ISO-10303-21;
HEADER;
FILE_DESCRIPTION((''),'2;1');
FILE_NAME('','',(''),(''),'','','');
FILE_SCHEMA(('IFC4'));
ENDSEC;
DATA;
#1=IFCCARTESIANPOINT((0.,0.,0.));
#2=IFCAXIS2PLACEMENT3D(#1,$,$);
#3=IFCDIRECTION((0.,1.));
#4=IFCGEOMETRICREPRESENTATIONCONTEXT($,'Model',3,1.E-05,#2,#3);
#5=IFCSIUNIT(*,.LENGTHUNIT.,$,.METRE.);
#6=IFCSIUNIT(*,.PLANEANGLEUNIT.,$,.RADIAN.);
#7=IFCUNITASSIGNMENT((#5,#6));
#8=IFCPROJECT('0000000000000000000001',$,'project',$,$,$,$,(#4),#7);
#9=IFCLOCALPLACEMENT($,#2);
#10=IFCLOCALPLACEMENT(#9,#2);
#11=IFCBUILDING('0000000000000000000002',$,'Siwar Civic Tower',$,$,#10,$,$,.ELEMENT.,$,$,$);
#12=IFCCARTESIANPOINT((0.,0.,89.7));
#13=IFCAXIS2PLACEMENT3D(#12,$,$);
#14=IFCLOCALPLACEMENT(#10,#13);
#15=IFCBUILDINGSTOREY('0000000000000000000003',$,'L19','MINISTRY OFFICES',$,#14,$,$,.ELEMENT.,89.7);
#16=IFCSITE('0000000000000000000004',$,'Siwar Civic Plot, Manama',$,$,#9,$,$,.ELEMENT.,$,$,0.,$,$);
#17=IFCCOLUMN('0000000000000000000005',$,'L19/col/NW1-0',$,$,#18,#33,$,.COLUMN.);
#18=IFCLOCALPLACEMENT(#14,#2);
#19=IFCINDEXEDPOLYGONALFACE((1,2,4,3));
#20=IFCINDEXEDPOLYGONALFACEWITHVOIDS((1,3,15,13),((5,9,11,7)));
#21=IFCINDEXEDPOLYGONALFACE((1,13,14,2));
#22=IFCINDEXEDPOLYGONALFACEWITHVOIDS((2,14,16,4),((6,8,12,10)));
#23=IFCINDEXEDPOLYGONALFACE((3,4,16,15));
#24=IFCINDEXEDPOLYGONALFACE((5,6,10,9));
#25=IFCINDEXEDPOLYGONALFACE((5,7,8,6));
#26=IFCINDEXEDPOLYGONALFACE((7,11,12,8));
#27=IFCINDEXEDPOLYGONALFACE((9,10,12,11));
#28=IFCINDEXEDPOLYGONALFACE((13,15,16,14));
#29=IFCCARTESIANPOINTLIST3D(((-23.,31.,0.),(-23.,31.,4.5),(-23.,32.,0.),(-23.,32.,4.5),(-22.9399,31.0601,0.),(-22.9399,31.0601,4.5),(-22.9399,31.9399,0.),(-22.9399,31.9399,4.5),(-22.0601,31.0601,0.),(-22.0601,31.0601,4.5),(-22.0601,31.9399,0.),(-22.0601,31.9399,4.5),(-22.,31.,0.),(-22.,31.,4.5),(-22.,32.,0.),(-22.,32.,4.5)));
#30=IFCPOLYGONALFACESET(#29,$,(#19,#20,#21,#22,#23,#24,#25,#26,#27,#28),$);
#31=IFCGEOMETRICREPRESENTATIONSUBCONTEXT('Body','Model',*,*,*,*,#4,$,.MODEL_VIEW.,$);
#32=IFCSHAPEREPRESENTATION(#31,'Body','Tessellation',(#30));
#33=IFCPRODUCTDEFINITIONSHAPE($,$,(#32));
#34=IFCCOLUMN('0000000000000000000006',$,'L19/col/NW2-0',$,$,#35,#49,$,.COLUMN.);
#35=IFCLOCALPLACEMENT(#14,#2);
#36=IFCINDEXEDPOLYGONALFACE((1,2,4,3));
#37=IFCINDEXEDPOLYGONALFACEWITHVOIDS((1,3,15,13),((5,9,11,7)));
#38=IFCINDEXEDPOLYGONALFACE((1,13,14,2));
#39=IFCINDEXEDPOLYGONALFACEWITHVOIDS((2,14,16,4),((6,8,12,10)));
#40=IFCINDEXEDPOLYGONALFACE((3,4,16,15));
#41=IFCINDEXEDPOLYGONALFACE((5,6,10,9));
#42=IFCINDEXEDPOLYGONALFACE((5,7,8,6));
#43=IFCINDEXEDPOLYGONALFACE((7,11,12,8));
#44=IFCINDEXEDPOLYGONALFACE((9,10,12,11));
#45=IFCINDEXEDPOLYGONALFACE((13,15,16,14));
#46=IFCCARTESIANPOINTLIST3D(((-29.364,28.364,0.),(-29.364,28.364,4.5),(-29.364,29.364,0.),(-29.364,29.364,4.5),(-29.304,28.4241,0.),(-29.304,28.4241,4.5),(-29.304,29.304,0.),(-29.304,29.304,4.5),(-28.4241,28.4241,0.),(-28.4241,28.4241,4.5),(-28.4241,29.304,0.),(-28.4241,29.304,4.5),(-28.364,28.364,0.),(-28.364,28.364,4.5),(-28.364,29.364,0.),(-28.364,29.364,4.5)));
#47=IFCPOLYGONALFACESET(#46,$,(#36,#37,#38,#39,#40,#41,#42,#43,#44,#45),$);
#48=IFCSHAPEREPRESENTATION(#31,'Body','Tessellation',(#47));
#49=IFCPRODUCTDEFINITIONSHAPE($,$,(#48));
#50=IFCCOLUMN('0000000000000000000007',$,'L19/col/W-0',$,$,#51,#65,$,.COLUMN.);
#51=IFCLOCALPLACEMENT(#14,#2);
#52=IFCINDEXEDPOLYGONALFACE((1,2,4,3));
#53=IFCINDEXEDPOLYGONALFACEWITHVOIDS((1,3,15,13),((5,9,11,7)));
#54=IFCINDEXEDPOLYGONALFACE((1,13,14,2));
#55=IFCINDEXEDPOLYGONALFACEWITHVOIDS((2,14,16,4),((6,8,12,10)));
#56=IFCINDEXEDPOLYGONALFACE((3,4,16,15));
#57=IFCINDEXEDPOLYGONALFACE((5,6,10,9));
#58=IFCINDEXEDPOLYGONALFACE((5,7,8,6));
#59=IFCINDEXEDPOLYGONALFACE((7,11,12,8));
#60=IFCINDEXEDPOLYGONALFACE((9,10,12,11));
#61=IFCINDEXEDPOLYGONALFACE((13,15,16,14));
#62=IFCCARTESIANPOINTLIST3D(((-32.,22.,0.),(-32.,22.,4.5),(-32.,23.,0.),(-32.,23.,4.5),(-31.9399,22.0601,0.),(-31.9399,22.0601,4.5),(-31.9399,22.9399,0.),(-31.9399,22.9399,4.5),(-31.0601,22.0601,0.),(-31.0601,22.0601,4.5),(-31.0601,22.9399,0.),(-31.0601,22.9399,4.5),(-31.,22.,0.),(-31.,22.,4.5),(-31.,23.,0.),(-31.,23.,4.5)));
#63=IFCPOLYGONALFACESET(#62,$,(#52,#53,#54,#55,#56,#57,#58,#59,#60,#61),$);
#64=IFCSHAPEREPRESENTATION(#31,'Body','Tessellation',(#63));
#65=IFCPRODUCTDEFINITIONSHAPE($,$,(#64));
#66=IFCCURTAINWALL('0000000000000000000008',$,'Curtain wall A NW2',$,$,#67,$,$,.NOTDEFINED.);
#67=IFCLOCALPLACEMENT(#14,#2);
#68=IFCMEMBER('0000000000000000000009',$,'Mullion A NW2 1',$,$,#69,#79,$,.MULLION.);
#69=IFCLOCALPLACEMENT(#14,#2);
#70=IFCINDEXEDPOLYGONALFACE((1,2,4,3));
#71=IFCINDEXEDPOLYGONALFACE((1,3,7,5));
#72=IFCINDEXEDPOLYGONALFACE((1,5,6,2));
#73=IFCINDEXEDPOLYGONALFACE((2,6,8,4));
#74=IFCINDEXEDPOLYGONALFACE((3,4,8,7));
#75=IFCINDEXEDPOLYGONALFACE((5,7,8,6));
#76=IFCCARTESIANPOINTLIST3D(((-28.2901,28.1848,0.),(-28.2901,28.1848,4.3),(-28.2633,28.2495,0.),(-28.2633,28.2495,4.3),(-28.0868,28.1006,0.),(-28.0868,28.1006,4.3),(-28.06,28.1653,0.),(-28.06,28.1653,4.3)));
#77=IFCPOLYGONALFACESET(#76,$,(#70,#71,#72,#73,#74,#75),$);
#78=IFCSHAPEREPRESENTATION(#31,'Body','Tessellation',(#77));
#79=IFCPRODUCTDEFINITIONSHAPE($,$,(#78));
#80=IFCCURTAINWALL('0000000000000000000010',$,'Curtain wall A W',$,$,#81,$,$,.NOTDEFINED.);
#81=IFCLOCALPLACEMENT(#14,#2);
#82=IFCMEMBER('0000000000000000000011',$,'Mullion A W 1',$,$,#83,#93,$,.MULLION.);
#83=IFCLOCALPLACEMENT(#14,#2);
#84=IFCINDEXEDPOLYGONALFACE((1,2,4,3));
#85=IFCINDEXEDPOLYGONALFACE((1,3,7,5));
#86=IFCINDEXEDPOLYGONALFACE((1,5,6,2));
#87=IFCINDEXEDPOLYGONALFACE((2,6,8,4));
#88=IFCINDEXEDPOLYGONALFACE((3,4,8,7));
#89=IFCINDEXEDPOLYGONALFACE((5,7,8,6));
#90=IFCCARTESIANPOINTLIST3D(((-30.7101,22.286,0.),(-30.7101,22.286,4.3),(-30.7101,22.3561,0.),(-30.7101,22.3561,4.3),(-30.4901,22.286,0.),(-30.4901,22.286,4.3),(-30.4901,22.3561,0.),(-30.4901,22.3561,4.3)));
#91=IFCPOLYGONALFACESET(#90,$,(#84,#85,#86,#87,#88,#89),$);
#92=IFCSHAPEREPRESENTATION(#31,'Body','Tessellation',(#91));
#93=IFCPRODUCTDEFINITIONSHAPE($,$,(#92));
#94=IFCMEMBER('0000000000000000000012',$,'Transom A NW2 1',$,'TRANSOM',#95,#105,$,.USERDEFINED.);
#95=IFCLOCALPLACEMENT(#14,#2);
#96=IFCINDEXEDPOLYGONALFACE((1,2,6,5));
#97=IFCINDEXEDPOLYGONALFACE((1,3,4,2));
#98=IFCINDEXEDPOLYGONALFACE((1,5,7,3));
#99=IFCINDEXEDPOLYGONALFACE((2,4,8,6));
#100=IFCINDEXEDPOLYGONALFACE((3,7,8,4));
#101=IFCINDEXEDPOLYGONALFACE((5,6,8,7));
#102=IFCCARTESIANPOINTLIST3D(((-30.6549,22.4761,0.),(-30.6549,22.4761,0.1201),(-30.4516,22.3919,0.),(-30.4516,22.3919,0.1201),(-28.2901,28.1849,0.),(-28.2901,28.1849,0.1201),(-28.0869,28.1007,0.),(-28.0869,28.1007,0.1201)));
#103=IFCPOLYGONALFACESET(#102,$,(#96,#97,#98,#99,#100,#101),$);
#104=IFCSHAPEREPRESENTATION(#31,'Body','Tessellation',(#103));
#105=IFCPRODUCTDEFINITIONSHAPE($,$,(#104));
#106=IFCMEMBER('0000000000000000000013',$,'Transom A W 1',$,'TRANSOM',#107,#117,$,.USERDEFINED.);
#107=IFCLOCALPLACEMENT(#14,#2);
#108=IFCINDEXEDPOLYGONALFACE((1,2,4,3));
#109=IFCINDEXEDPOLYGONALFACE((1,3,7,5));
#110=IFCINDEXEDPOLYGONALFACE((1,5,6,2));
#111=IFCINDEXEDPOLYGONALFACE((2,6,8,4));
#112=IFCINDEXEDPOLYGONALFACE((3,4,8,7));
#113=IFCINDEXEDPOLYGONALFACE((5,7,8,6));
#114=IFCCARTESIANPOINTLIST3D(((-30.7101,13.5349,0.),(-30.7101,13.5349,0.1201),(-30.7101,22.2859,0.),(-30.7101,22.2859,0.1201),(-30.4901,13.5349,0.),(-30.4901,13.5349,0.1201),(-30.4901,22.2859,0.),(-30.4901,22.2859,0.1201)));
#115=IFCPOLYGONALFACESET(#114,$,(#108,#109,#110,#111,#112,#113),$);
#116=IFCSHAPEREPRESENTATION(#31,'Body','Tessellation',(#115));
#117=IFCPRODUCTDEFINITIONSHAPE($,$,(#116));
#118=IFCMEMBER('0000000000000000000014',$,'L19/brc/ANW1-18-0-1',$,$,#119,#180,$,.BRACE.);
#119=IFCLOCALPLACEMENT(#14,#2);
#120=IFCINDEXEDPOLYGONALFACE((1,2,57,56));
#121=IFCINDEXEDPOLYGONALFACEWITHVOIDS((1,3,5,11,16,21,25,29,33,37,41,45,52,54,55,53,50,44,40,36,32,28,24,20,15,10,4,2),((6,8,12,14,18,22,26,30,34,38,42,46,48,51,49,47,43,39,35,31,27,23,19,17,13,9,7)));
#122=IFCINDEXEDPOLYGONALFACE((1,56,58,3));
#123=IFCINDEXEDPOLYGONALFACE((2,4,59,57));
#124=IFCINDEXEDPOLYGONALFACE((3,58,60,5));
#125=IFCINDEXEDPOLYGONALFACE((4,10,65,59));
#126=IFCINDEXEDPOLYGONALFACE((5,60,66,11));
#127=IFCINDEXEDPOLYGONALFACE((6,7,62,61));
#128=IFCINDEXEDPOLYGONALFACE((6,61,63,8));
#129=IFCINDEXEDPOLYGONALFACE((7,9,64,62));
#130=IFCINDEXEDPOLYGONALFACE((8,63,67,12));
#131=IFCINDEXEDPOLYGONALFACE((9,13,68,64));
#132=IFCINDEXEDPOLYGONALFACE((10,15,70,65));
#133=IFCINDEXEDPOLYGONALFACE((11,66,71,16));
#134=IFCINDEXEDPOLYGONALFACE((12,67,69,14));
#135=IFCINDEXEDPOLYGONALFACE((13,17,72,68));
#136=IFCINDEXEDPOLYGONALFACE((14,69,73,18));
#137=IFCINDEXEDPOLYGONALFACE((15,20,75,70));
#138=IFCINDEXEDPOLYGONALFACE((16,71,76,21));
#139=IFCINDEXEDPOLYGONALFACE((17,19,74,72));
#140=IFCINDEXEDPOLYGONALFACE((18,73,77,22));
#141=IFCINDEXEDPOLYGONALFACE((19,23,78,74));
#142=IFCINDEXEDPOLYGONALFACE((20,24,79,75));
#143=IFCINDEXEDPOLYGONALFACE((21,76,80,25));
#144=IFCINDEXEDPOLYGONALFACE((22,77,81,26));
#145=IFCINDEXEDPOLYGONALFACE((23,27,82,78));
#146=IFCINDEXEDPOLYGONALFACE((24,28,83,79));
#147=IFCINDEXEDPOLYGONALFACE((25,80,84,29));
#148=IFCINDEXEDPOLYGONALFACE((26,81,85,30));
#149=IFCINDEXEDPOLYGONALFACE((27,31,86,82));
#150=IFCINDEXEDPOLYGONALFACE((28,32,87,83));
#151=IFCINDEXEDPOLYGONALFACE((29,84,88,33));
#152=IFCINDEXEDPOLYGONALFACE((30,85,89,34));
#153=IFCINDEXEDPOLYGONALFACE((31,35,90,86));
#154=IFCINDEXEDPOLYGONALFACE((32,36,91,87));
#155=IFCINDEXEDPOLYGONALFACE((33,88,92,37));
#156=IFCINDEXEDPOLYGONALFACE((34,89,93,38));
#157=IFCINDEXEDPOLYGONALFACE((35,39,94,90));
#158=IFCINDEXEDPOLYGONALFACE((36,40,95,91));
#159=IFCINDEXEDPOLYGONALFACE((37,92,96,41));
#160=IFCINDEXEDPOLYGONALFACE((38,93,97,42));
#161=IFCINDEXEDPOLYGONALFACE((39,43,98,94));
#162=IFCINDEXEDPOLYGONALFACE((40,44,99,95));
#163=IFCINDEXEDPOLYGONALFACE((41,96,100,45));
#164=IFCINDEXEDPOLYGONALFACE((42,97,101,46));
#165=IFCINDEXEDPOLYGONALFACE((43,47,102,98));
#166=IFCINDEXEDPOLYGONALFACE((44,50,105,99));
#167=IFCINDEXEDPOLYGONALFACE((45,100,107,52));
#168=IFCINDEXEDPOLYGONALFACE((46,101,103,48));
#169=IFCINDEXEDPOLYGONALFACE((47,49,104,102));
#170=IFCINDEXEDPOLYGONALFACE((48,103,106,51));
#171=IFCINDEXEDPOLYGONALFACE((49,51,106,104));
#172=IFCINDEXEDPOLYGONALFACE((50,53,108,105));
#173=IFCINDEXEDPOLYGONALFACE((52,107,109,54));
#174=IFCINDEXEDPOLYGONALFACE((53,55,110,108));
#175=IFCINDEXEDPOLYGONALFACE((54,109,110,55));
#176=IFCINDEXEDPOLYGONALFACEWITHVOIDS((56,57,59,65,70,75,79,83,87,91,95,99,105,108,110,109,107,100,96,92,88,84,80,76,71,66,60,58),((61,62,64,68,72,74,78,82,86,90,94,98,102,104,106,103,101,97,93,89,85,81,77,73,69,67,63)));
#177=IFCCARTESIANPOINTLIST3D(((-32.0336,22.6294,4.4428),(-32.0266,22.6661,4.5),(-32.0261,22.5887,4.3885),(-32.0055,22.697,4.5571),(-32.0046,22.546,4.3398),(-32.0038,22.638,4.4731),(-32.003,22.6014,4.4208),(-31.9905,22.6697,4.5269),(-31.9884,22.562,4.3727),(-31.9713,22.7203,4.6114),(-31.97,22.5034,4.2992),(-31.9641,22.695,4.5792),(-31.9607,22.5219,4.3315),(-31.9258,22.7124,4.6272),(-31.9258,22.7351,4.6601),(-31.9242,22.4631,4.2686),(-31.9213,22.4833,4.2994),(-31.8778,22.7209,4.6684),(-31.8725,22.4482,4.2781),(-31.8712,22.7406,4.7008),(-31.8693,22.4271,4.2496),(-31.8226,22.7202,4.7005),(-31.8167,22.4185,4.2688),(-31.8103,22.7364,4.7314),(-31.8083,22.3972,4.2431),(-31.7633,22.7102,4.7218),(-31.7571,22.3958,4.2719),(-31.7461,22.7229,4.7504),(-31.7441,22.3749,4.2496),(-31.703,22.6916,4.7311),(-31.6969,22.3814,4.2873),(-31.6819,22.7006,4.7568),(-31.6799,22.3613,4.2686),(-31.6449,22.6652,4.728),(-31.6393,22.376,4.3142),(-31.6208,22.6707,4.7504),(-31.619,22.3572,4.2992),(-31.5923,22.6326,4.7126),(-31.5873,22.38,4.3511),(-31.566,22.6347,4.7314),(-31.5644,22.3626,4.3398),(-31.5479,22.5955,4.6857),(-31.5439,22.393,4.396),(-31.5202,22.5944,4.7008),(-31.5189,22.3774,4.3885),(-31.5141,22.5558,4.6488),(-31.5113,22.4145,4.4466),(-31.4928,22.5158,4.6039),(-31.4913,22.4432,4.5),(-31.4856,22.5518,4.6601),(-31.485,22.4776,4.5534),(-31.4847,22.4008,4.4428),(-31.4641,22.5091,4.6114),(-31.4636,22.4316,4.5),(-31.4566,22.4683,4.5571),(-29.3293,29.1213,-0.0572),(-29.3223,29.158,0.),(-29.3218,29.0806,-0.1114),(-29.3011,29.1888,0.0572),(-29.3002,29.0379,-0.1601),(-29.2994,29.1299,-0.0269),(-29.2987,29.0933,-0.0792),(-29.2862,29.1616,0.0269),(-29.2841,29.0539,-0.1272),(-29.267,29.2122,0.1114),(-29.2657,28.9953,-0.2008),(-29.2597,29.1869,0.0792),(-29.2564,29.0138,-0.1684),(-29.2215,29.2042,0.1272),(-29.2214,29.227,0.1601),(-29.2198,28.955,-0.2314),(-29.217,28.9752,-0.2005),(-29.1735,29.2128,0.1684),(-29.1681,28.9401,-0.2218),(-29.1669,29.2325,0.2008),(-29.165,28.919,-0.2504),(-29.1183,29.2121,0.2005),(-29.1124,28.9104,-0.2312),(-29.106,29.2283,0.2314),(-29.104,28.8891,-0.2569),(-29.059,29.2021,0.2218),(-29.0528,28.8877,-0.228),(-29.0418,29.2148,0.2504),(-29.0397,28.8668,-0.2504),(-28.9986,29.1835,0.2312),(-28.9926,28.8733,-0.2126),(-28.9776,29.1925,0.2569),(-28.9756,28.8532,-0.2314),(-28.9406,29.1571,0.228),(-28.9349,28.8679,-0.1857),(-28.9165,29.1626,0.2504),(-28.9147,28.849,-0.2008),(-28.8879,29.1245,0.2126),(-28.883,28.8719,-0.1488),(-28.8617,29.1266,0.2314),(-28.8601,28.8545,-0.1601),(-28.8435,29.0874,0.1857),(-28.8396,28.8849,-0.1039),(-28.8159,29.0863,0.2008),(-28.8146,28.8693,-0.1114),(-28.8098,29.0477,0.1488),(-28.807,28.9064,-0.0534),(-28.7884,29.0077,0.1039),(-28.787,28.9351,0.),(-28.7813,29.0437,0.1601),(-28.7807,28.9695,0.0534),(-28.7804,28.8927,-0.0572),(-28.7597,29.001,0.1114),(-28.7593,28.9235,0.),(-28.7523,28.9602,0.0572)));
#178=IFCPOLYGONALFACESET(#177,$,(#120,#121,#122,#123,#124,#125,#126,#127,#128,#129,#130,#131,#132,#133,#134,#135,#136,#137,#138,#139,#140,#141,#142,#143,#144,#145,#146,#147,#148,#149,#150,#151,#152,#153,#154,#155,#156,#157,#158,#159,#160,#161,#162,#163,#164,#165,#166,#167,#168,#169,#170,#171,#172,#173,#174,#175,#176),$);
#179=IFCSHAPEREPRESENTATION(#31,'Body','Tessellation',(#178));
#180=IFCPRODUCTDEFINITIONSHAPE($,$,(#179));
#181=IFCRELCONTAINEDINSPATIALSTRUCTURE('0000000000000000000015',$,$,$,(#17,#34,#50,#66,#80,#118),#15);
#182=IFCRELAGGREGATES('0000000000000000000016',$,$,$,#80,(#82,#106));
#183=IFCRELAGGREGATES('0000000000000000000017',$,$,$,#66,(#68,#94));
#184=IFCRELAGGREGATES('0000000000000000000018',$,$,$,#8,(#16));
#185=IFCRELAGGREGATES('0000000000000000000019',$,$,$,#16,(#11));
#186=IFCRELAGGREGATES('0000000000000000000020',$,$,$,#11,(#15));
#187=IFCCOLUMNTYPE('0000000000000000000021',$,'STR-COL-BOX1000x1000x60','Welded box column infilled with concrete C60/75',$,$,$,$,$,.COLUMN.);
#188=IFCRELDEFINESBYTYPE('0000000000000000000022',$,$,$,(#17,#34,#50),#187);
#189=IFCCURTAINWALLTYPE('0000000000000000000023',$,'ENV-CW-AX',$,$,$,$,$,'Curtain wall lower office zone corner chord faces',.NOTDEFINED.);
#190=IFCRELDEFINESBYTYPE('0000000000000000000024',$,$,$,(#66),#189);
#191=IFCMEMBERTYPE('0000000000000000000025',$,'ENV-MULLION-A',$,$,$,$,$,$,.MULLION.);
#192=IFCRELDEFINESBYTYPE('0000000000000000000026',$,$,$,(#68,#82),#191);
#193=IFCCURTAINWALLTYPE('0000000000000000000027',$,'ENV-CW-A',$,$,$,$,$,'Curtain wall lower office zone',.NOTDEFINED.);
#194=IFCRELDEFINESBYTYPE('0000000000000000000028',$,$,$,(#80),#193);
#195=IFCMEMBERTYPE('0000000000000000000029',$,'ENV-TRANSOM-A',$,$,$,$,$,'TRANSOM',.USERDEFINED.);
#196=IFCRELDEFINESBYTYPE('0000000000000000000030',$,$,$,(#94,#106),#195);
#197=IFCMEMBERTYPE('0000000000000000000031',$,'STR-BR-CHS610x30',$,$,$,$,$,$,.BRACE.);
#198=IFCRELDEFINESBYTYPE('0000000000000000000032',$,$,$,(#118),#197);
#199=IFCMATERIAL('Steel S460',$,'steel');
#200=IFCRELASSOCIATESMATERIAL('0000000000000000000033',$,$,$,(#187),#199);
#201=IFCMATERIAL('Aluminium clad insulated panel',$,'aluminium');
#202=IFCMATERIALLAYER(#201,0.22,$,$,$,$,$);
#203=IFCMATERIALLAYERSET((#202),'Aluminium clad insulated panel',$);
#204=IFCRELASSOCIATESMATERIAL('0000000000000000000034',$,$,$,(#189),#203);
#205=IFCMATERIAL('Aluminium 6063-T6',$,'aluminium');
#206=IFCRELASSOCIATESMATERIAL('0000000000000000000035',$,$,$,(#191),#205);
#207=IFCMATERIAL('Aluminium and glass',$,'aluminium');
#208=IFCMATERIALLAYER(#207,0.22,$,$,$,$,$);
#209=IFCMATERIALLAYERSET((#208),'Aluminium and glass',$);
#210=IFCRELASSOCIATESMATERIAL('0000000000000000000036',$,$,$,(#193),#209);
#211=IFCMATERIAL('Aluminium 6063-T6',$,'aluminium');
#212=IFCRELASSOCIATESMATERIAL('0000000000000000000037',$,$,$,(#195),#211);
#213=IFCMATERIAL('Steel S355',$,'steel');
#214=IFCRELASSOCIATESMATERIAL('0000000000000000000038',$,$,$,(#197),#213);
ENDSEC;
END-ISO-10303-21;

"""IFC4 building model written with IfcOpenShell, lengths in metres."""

from ifc_helpers import new_model, si_unit, direction, frame, origin, origin_2d, place, context, subcontext, project, spatial, rectangle, hollow_rectangle, hollow_circle, extrude, material, layer, layer_set, material_profile, profile_set, type_object, element, aggregate, save


model = new_model("IFC4")

# Units and contexts
model_context = context("Model", 3, precision=1e-05, world=origin(), true_north=direction((0.0, 1.0)))
body_context = subcontext(model_context, "Body", "Model", "MODEL_VIEW")
ifc_project = project(units=[si_unit("LENGTHUNIT", "METRE"), si_unit("PLANEANGLEUNIT", "RADIAN")], contexts=[model_context])

# Site, building, storey
site_placement = place(None, origin())
site = spatial("IfcSite", under=ifc_project, at=site_placement, Name="Siwar Civic Plot, Manama", CompositionType="ELEMENT", RefElevation=0.0)
building_placement = place(site_placement, origin())
building = spatial("IfcBuilding", under=site, at=building_placement, Name="Siwar Civic Tower", CompositionType="ELEMENT")
storey_placement = place(building_placement, frame((0.0, 0.0, 89.7)))
storey = spatial("IfcBuildingStorey", under=building, at=storey_placement, Name="L19", Description="MINISTRY OFFICES", CompositionType="ELEMENT", Elevation=89.7)

# Columns
ifc_material_1 = material(Name="Steel S460", Category="steel")
ifc_material_profile_1 = material_profile(ifc_material_1, hollow_rectangle(XDim=1.0, YDim=1.0, WallThickness=0.0601, at=origin_2d()), Name="BOX1000x1000x60")
ifc_profile_set_1 = profile_set([ifc_material_profile_1], Name="Steel S460")
column_type = type_object("IfcColumnType", Name="STR-COL-BOX1000x1000x60", Description="Welded box column infilled with concrete C60/75", PredefinedType="COLUMN", material=ifc_profile_set_1)
for number, where, z_axis, x_axis, name in (
    (1, (-22.5, 31.5, 0.0), (0.0, 0.0, 1.0), (1.0, 0.0, 0.0), "L19/col/NW1-0"),
    (2, (-28.864, 28.864, 0.0), (0.0, 0.0, 1.0), (1.0, 0.0, 0.0), "L19/col/NW2-0"),
    (3, (-31.5, 22.5, 0.0), (0.0, 0.0, 1.0), (1.0, 0.0, 0.0), "L19/col/W-0"),
):
    element("IfcColumn", number, at=place(storey_placement, frame(where, z_axis=z_axis, x_axis=x_axis)), inside=storey, type_object=column_type, Name=name, PredefinedType="COLUMN", context=body_context, shape_type="SweptSolid", body=[
        extrude(hollow_rectangle(XDim=1.0, YDim=1.0, WallThickness=0.0601, at=origin_2d()), origin(), (0.0, 0.0, 1.0), 4.5),
    ])

# Curtain walls, members
ifc_material_2 = material(Name="Aluminium clad insulated panel", Category="aluminium")
ifc_layer_1 = layer(ifc_material_2, 0.22)
ifc_layer_set_1 = layer_set([ifc_layer_1], Name="Aluminium clad insulated panel")
curtain_wall_type_1 = type_object("IfcCurtainWallType", Name="ENV-CW-AX", ElementType="Curtain wall lower office zone corner chord faces", PredefinedType="NOTDEFINED", material=ifc_layer_set_1)
curtain_wall_1_placement = place(storey_placement, origin())
curtain_wall_1 = element("IfcCurtainWall", 4, at=curtain_wall_1_placement, inside=storey, type_object=curtain_wall_type_1, Name="Curtain wall A NW2", PredefinedType="NOTDEFINED")
ifc_material_3 = material(Name="Aluminium 6063-T6", Category="aluminium")
ifc_material_profile_2 = material_profile(ifc_material_3, rectangle(XDim=0.22, YDim=0.0701, at=origin_2d()), Name="AL 220x70")
ifc_profile_set_2 = profile_set([ifc_material_profile_2], Name="Aluminium 6063-T6")
member_type_1 = type_object("IfcMemberType", Name="ENV-MULLION-A", PredefinedType="MULLION", material=ifc_profile_set_2)
member_1_placement = place(storey_placement, frame((-28.175, 28.175, 0.0), z_axis=(0.0, 0.0, 1.0), x_axis=(0.92388, -0.382683, 0.0)))
member_1 = element("IfcMember", 5, at=member_1_placement, type_object=member_type_1, Name="Mullion A NW2 1", PredefinedType="MULLION", context=body_context, shape_type="SweptSolid", body=[
    extrude(rectangle(XDim=0.22, YDim=0.0701, at=origin_2d()), origin(), (0.0, 0.0, 1.0), 4.3),
])
ifc_material_4 = material(Name="Aluminium and glass", Category="aluminium")
ifc_layer_2 = layer(ifc_material_4, 0.22)
ifc_layer_set_2 = layer_set([ifc_layer_2], Name="Aluminium and glass")
curtain_wall_type_2 = type_object("IfcCurtainWallType", Name="ENV-CW-A", ElementType="Curtain wall lower office zone", PredefinedType="NOTDEFINED", material=ifc_layer_set_2)
curtain_wall_2_placement = place(storey_placement, origin())
curtain_wall_2 = element("IfcCurtainWall", 6, at=curtain_wall_2_placement, inside=storey, type_object=curtain_wall_type_2, Name="Curtain wall A W", PredefinedType="NOTDEFINED")
member_2_placement = place(storey_placement, frame((-30.6001, 22.321, 0.0), z_axis=(0.0, 0.0, 1.0), x_axis=(1.0, 0.0, 0.0)))
member_2 = element("IfcMember", 7, at=member_2_placement, type_object=member_type_1, Name="Mullion A W 1", PredefinedType="MULLION", context=body_context, shape_type="SweptSolid", body=[
    extrude(rectangle(XDim=0.22, YDim=0.0701, at=origin_2d()), origin(), (0.0, 0.0, 1.0), 4.3),
])

# Members
ifc_material_5 = material(Name="Aluminium 6063-T6", Category="aluminium")
ifc_material_profile_3 = material_profile(ifc_material_5, rectangle(XDim=0.22, YDim=0.1201, at=origin_2d()), Name="AL 220x120")
ifc_profile_set_3 = profile_set([ifc_material_profile_3], Name="Aluminium 6063-T6")
member_type_2 = type_object("IfcMemberType", Name="ENV-TRANSOM-A", ElementType="TRANSOM", PredefinedType="USERDEFINED", material=ifc_profile_set_3)
member_3_placement = place(storey_placement, frame((-28.1885, 28.1428, 0.0601), z_axis=(-0.382698, -0.923873, 0.0), x_axis=(0.923873, -0.382698, 0.0)))
member_3 = element("IfcMember", 8, at=member_3_placement, type_object=member_type_2, Name="Transom A NW2 1", ObjectType="TRANSOM", PredefinedType="USERDEFINED", context=body_context, shape_type="SweptSolid", body=[
    extrude(rectangle(XDim=0.22, YDim=0.1201, at=origin_2d()), origin(), (0.0, 0.0, 1.0), 6.1792),
])
member_4_placement = place(storey_placement, frame((-30.6001, 22.2859, 0.0601), z_axis=(0.0, -1.0, 0.0), x_axis=(1.0, 0.0, 0.0)))
member_4 = element("IfcMember", 9, at=member_4_placement, type_object=member_type_2, Name="Transom A W 1", ObjectType="TRANSOM", PredefinedType="USERDEFINED", context=body_context, shape_type="SweptSolid", body=[
    extrude(rectangle(XDim=0.22, YDim=0.1201, at=origin_2d()), origin(), (0.0, 0.0, 1.0), 8.751),
])

# Member
ifc_material_6 = material(Name="Steel S355", Category="steel")
ifc_material_profile_4 = material_profile(ifc_material_6, hollow_circle(Radius=0.3049, WallThickness=0.03, at=origin_2d()), Name="CHS610x30")
ifc_profile_set_4 = profile_set([ifc_material_profile_4], Name="Steel S355")
member_type_3 = type_object("IfcMemberType", Name="STR-BR-CHS610x30", PredefinedType="BRACE", material=ifc_profile_set_4)
member_5_placement = place(storey_placement, frame((-29.0408, 29.0408, 0.0), z_axis=(-0.323906, -0.777555, 0.538975), x_axis=(0.923109, -0.384539, 0.0)))
element("IfcMember", 10, at=member_5_placement, inside=storey, type_object=member_type_3, Name="L19/brc/ANW1-18-0-1", PredefinedType="BRACE", context=body_context, shape_type="SweptSolid", body=[
    extrude(hollow_circle(Radius=0.3049, WallThickness=0.03, at=origin_2d()), origin(), (0.0, 0.0, 1.0), 8.3491),
])

aggregate(curtain_wall_2, [member_2, member_4])

aggregate(curtain_wall_1, [member_1, member_3])

save(model, "model.ifc")
